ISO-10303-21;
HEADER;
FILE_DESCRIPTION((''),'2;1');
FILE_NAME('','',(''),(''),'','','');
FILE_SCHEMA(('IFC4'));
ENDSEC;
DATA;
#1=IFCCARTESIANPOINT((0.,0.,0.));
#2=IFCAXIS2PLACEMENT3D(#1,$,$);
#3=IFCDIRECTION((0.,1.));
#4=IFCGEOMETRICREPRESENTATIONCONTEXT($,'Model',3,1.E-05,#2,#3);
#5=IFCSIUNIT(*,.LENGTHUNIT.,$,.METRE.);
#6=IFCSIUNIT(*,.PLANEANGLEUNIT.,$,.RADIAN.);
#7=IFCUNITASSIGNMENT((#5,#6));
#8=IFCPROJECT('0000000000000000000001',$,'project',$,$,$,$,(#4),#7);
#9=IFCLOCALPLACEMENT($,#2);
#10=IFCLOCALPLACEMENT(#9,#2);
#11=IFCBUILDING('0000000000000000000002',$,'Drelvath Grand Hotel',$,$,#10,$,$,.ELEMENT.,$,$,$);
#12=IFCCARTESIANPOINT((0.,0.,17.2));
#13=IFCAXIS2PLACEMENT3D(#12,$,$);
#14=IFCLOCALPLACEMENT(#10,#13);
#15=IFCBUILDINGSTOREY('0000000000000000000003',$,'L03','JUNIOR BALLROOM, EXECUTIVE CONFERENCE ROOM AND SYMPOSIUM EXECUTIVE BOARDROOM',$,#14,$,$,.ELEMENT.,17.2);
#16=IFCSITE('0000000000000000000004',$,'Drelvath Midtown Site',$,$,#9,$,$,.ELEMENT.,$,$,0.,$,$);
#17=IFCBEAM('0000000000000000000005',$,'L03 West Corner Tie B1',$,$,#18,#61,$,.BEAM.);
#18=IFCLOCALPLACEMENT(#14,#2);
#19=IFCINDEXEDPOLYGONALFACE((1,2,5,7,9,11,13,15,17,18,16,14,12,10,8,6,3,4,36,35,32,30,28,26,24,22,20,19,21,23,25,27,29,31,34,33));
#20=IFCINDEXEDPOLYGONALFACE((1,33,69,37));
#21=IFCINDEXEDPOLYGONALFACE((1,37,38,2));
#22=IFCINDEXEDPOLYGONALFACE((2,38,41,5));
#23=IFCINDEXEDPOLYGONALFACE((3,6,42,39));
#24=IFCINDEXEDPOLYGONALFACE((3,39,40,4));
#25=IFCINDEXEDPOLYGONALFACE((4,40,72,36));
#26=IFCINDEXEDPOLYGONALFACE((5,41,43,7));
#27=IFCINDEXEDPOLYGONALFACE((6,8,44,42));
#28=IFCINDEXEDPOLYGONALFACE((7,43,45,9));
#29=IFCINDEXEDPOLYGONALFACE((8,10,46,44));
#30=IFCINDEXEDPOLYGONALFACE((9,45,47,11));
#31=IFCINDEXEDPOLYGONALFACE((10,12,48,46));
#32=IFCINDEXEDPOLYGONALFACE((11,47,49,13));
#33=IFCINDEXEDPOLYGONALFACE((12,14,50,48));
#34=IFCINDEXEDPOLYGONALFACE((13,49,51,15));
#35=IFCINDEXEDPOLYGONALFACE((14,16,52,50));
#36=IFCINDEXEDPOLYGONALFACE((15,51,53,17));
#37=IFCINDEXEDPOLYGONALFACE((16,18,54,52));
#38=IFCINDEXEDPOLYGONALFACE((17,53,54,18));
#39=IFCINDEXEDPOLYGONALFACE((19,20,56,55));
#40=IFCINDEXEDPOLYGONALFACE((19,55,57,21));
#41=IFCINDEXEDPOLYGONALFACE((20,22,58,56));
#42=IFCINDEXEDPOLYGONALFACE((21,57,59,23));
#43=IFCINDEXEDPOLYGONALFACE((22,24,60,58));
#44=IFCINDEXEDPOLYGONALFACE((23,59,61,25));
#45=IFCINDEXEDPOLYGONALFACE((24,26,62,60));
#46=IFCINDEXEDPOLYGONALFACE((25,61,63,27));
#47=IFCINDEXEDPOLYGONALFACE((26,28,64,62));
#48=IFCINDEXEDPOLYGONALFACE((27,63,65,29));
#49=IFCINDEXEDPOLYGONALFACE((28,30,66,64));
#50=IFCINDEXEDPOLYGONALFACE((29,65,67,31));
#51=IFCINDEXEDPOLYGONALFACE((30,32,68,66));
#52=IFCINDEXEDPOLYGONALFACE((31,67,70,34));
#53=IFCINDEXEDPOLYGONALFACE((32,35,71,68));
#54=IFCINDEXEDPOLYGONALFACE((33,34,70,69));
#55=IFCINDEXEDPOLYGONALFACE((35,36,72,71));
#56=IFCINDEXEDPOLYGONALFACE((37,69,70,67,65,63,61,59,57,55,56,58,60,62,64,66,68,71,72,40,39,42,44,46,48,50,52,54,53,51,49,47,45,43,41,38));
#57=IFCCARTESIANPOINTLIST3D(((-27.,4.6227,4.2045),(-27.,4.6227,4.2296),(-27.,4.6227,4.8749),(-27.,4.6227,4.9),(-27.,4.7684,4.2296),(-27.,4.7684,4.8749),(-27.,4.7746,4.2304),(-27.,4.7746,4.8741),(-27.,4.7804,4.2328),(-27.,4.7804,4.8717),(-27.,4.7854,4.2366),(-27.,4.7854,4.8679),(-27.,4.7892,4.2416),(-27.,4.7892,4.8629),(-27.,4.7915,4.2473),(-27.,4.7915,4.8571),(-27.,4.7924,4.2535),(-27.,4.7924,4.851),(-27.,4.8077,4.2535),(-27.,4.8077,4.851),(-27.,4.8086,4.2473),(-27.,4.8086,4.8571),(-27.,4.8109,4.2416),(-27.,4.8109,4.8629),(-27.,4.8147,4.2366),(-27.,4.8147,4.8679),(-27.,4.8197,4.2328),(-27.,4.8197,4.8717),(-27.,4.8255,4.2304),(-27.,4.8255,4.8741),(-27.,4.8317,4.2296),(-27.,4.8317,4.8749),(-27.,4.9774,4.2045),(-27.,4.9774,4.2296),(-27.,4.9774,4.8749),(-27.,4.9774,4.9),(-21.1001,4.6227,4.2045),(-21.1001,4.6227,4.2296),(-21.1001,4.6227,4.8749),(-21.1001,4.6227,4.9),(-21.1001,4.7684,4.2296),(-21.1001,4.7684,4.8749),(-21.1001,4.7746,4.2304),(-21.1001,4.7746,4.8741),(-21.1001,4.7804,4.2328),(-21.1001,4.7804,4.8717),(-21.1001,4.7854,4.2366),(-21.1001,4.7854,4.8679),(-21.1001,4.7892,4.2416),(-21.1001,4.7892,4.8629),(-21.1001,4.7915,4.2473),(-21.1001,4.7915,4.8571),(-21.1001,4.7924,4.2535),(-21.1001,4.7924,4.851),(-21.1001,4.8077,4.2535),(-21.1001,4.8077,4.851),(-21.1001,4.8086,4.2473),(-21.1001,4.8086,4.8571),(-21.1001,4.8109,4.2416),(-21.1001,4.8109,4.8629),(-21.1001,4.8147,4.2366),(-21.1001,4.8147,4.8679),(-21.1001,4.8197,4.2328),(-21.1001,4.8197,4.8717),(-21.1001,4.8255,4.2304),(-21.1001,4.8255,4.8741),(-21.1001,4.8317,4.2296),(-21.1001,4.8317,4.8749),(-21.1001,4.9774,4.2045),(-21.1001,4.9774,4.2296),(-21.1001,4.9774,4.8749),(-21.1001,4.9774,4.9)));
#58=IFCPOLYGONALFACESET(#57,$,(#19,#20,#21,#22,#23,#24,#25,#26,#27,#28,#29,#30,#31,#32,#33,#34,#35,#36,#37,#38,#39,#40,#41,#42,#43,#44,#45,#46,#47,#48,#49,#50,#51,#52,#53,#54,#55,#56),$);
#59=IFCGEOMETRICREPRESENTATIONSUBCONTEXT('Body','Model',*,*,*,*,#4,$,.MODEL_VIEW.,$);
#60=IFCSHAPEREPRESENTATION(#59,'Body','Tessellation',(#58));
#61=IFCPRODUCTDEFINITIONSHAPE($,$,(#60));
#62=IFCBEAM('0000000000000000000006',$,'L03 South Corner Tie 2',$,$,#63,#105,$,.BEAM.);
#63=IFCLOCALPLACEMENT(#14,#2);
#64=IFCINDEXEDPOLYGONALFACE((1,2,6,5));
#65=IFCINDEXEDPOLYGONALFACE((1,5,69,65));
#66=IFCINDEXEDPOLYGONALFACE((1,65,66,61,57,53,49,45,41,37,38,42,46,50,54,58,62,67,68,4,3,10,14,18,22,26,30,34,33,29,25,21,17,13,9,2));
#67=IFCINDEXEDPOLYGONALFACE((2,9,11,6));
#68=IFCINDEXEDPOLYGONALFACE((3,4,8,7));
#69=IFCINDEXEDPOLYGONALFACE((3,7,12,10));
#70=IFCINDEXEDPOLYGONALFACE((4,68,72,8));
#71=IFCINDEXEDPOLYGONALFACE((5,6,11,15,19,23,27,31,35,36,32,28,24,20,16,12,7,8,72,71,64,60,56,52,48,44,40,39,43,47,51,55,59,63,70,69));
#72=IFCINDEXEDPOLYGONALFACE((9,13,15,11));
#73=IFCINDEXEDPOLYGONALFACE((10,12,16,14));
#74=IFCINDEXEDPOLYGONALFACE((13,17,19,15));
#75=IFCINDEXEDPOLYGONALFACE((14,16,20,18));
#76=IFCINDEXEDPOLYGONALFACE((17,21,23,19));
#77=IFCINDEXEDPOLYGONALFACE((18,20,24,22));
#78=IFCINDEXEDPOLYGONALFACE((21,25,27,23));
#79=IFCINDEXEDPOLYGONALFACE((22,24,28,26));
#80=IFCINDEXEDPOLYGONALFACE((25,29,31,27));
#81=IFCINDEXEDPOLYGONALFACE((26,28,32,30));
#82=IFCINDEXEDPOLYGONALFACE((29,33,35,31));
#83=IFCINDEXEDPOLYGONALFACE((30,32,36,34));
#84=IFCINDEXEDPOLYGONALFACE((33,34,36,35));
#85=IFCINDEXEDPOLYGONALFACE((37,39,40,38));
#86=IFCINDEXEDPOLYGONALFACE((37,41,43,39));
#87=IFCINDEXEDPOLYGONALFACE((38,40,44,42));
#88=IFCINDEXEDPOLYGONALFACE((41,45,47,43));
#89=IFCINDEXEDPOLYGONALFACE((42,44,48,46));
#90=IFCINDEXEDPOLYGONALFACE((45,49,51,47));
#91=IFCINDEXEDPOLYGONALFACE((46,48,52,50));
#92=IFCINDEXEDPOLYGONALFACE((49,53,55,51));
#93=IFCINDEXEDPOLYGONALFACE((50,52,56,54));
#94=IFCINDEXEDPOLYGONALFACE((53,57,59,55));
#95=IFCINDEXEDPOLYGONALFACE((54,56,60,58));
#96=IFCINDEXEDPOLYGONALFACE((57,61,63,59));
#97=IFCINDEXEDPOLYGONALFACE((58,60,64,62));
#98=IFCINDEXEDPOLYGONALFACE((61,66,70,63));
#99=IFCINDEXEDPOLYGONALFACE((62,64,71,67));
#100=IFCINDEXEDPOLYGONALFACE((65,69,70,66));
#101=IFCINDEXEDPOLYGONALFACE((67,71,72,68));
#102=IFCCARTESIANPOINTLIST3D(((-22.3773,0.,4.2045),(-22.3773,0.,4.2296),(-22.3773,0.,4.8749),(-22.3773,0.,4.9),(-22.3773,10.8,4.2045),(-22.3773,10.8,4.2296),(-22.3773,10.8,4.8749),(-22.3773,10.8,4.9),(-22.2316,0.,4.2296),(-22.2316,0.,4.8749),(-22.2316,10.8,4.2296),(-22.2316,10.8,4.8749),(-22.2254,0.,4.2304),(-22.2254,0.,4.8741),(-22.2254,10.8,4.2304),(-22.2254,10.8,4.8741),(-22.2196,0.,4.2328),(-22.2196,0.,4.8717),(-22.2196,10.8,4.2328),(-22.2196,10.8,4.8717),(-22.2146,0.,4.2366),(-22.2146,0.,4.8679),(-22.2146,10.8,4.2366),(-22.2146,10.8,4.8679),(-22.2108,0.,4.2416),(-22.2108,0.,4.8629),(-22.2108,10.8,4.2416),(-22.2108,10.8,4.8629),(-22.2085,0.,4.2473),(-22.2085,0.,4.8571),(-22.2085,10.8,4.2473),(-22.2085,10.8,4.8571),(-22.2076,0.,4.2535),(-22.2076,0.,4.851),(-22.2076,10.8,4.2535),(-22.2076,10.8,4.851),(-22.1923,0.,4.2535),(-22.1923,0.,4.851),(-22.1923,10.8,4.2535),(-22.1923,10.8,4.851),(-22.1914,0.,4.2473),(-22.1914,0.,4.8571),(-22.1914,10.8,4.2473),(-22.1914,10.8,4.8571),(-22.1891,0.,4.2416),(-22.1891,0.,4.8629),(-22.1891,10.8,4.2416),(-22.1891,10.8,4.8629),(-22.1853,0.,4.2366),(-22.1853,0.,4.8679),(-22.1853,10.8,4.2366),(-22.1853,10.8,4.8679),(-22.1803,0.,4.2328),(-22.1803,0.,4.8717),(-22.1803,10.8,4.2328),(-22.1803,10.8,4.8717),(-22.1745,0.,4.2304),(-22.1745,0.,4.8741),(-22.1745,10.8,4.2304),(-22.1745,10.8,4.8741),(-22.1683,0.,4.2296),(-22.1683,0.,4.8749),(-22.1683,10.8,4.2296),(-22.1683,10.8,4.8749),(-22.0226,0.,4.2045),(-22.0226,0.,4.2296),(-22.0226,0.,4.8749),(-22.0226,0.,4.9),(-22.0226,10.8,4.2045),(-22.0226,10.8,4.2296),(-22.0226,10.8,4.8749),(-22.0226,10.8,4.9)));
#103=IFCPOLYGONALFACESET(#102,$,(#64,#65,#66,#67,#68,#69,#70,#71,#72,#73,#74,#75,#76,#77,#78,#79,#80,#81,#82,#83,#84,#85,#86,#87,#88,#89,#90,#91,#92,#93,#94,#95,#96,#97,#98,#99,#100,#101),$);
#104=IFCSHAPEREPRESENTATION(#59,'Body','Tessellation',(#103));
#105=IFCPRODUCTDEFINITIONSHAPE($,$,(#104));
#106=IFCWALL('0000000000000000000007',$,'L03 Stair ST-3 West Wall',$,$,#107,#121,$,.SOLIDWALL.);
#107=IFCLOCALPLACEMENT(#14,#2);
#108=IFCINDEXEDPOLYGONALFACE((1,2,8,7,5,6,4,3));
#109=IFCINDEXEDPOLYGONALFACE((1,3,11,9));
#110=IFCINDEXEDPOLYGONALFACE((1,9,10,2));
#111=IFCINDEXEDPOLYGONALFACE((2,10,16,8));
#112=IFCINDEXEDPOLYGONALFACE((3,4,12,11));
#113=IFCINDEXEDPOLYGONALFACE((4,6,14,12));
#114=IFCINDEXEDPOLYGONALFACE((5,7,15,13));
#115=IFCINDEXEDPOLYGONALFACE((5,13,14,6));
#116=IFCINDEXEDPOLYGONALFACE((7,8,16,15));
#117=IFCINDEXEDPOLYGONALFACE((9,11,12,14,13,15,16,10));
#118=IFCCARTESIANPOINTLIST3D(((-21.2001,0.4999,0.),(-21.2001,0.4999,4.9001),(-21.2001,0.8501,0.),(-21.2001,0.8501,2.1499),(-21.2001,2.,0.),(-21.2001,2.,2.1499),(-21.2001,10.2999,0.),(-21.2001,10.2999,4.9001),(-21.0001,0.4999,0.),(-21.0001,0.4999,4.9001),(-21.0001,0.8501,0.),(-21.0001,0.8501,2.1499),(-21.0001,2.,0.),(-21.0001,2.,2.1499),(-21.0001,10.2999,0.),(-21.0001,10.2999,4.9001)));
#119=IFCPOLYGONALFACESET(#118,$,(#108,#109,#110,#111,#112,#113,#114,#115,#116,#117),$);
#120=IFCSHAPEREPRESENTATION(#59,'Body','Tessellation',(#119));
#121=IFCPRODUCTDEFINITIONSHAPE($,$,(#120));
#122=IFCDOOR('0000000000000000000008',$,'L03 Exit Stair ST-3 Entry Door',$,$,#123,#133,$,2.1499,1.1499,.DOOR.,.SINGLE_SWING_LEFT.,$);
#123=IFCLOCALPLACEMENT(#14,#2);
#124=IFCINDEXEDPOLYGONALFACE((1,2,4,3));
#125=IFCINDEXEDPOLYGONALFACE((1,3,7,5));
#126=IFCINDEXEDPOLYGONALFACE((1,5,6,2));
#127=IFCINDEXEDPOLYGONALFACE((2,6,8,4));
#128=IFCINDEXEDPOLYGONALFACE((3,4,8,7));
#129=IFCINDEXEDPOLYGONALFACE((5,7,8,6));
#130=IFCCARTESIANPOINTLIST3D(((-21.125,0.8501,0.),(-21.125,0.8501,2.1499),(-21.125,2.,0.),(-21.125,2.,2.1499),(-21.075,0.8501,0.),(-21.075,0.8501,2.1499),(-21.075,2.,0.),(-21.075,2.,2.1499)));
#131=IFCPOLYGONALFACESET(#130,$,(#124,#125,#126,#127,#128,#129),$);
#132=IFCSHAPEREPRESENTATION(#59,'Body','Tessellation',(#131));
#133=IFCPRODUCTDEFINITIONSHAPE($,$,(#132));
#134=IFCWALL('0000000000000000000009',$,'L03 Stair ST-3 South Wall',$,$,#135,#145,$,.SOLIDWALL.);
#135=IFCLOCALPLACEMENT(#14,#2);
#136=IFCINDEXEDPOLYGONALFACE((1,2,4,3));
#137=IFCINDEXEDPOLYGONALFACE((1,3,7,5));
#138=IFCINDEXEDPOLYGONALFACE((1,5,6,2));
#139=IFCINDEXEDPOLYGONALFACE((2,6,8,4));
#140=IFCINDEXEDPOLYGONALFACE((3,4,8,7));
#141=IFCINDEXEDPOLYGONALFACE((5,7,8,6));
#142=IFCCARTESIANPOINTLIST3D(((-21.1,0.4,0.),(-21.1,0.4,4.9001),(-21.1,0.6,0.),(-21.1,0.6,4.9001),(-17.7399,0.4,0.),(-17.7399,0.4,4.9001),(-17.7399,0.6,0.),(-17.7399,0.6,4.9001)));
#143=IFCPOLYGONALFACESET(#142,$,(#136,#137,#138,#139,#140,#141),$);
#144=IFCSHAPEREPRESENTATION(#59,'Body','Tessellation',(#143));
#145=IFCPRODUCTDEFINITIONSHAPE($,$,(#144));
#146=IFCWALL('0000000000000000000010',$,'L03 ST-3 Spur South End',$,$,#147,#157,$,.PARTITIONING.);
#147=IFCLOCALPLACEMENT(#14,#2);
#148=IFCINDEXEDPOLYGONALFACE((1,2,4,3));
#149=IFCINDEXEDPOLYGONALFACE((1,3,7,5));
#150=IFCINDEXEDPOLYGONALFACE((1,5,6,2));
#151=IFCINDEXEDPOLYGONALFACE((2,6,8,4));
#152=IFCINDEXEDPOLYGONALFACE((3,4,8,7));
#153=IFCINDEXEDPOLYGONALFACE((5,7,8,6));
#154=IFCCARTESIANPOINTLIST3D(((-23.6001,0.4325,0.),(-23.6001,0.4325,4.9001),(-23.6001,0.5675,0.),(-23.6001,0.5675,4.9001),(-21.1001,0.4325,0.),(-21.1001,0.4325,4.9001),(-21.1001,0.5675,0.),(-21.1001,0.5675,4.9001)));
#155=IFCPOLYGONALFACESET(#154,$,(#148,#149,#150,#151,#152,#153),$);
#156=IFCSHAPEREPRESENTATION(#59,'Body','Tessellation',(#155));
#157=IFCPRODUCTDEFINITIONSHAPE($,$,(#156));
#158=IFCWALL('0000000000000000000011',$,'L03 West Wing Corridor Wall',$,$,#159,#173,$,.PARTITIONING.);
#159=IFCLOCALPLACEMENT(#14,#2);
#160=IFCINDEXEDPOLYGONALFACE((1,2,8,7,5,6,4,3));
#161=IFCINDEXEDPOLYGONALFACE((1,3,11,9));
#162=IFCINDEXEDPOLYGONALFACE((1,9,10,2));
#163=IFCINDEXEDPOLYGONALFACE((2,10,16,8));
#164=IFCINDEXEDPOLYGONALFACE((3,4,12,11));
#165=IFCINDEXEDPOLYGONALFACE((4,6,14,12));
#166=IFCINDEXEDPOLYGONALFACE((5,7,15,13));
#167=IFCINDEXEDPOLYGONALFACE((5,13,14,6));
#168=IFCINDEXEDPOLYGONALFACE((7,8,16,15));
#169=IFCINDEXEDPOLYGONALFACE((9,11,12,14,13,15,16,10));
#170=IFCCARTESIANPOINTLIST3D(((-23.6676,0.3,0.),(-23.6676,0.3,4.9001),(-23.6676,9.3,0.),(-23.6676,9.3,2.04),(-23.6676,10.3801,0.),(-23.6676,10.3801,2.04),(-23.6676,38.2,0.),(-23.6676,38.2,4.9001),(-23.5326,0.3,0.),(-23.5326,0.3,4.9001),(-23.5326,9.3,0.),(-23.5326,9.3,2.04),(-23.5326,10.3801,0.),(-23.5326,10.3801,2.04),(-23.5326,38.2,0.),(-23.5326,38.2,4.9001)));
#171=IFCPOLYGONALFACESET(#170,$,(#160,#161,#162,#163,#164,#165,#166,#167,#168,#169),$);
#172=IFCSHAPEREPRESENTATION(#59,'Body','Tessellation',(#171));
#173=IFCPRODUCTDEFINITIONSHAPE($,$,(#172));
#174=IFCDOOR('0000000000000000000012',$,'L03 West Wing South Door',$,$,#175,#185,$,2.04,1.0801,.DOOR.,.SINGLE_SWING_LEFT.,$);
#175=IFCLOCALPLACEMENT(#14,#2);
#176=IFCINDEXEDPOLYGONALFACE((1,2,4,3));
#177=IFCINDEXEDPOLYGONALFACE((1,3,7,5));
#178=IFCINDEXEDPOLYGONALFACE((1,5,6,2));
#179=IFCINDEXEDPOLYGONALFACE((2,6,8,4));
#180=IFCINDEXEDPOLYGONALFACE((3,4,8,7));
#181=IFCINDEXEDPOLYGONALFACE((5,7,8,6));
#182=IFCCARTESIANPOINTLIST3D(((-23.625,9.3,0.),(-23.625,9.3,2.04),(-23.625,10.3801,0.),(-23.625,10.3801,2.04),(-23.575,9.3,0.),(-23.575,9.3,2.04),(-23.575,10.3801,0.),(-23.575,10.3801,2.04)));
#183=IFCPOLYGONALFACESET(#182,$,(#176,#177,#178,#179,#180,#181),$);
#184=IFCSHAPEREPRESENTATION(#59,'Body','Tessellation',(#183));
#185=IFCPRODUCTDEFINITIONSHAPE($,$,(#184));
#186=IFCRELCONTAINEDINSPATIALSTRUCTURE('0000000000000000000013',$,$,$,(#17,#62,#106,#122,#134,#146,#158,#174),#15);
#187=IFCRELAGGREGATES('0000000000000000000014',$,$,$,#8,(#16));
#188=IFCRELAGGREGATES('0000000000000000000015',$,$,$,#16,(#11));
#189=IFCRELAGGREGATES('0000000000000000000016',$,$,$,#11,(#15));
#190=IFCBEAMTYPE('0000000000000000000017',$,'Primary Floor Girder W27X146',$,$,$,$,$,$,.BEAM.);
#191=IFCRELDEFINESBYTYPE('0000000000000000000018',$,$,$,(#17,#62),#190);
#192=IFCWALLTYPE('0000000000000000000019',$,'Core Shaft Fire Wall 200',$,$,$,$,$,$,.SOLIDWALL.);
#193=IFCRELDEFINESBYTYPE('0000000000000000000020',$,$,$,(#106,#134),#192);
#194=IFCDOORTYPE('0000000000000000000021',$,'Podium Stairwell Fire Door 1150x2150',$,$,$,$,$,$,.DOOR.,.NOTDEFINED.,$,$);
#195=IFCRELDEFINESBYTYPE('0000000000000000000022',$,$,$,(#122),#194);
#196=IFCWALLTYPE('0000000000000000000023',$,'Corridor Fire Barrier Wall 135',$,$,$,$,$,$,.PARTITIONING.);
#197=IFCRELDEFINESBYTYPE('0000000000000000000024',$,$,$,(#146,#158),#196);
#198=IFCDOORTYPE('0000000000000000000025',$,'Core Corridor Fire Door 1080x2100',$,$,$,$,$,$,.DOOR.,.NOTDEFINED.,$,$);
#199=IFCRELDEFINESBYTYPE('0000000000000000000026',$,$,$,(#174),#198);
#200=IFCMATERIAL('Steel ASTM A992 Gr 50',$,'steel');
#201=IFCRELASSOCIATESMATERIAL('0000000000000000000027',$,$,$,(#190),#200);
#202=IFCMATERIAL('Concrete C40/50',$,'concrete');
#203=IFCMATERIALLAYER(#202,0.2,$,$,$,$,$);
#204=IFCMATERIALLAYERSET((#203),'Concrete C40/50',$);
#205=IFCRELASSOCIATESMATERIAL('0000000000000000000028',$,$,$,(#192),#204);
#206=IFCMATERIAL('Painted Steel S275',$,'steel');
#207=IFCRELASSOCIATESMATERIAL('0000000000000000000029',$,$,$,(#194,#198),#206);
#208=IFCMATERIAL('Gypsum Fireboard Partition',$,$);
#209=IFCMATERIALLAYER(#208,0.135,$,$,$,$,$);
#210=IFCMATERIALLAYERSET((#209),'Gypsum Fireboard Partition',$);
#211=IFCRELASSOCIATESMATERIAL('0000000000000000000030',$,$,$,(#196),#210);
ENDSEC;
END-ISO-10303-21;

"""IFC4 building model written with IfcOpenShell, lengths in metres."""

from ifc_helpers import new_model, si_unit, direction, frame, frame_2d, origin, origin_2d, place, context, subcontext, project, spatial, rectangle, i_section, extrude, material, layer, layer_set, material_profile, profile_set, type_object, element, fill, save


model = new_model("IFC4")

# Units and contexts
model_context = context("Model", 3, precision=1e-05, world=origin(), true_north=direction((0.0, 1.0)))
body_context = subcontext(model_context, "Body", "Model", "MODEL_VIEW")
ifc_project = project(units=[si_unit("LENGTHUNIT", "METRE"), si_unit("PLANEANGLEUNIT", "RADIAN")], contexts=[model_context])

# Site, building, storey
site_placement = place(None, origin())
site = spatial("IfcSite", under=ifc_project, at=site_placement, Name="Drelvath Midtown Site", CompositionType="ELEMENT", RefElevation=0.0)
building_placement = place(site_placement, origin())
building = spatial("IfcBuilding", under=site, at=building_placement, Name="Drelvath Grand Hotel", CompositionType="ELEMENT")
storey_placement = place(building_placement, frame((0.0, 0.0, 17.2)))
storey = spatial("IfcBuildingStorey", under=building, at=storey_placement, Name="L03", Description="JUNIOR BALLROOM, EXECUTIVE CONFERENCE ROOM AND SYMPOSIUM EXECUTIVE BOARDROOM", CompositionType="ELEMENT", Elevation=17.2)

# Beams
ifc_material_1 = material(Name="Steel ASTM A992 Gr 50", Category="steel")
ifc_material_profile_1 = material_profile(ifc_material_1, i_section(OverallWidth=0.3547, OverallDepth=0.6956, WebThickness=0.0154, FlangeThickness=0.0251, FilletRadius=0.0239, at=origin_2d()), Name="W27X146")
ifc_profile_set_1 = profile_set([ifc_material_profile_1], Name="Steel ASTM A992 Gr 50")
beam_type_1 = type_object("IfcBeamType", Name="Primary Floor Girder W27X146", PredefinedType="BEAM", material=ifc_profile_set_1)
beam_1_placement = place(storey_placement, frame((-27.0, 4.8, 4.5522), z_axis=(1.0, 0.0, 0.0), x_axis=(0.0, 1.0, 0.0)))
element("IfcBeam", 1, at=beam_1_placement, inside=storey, type_object=beam_type_1, Name="L03 West Corner Tie B1", PredefinedType="BEAM", context=body_context, shape_type="SweptSolid", body=[
    extrude(i_section(OverallWidth=0.3547, OverallDepth=0.6956, WebThickness=0.0154, FlangeThickness=0.0251, FilletRadius=0.0239, at=origin_2d()), origin(), (0.0, 0.0, 1.0), 5.8999),
])
beam_2_placement = place(storey_placement, frame((-22.2, 0.0, 4.5522), z_axis=(0.0, 1.0, 0.0), x_axis=(-1.0, 0.0, 0.0)))
element("IfcBeam", 2, at=beam_2_placement, inside=storey, type_object=beam_type_1, Name="L03 South Corner Tie 2", PredefinedType="BEAM", context=body_context, shape_type="SweptSolid", body=[
    extrude(i_section(OverallWidth=0.3547, OverallDepth=0.6956, WebThickness=0.0154, FlangeThickness=0.0251, FilletRadius=0.0239, at=origin_2d()), origin(), (0.0, 0.0, 1.0), 10.8),
])

# Wall, opening, door
ifc_material_2 = material(Name="Concrete C40/50", Category="concrete")
ifc_layer_1 = layer(ifc_material_2, 0.2)
ifc_layer_set_1 = layer_set([ifc_layer_1], Name="Concrete C40/50")
wall_type_1 = type_object("IfcWallType", Name="Core Shaft Fire Wall 200", PredefinedType="SOLIDWALL", material=ifc_layer_set_1)
wall_1_placement = place(storey_placement, frame((-21.1001, 0.5, 0.0), z_axis=(0.0, 0.0, 1.0), x_axis=(0.0, 1.0, 0.0)))
wall_1 = element("IfcWall", 3, at=wall_1_placement, inside=storey, type_object=wall_type_1, Name="L03 Stair ST-3 West Wall", PredefinedType="SOLIDWALL", context=body_context, shape_type="SweptSolid", body=[
    extrude(rectangle(XDim=9.8, YDim=0.2, at=frame_2d((4.8999, 0.0))), origin(), (0.0, 0.0, 1.0), 4.9001),
])
opening_1_placement = place(wall_1_placement, frame((0.3501, 0.0, 0.0)))
opening_1 = element("IfcOpeningElement", 4, at=opening_1_placement, cuts=wall_1, PredefinedType="OPENING", context=body_context, shape_type="SweptSolid", body=[
    extrude(rectangle(XDim=1.1499, YDim=2.1499, at=frame_2d((0.575, 1.075))), frame((0.0, 0.1099, 0.0), z_axis=(0.0, -1.0, 0.0), x_axis=(1.0, 0.0, 0.0)), (0.0, 0.0, 1.0), 0.22),
])
ifc_material_3 = material(Name="Painted Steel S275", Category="steel")
door_type_1 = type_object("IfcDoorType", Name="Podium Stairwell Fire Door 1150x2150", OperationType="NOTDEFINED", PredefinedType="DOOR", material=ifc_material_3)
door_1_placement = place(opening_1_placement, origin())
door_1 = element("IfcDoor", 5, at=door_1_placement, inside=storey, type_object=door_type_1, Name="L03 Exit Stair ST-3 Entry Door", OperationType="SINGLE_SWING_LEFT", OverallHeight=2.1499, OverallWidth=1.1499, PredefinedType="DOOR", context=body_context, shape_type="SweptSolid", body=[
    extrude(rectangle(XDim=1.1499, YDim=2.1499, at=frame_2d((0.575, 1.075))), frame((0.0, 0.0249, 0.0), z_axis=(0.0, -1.0, 0.0), x_axis=(1.0, 0.0, 0.0)), (0.0, 0.0, 1.0), 0.05),
])
fill(opening_1, door_1)

# Walls
wall_2_placement = place(storey_placement, frame((-21.1001, 0.5, 0.0), z_axis=(0.0, 0.0, 1.0), x_axis=(1.0, 0.0, 0.0)))
element("IfcWall", 6, at=wall_2_placement, inside=storey, type_object=wall_type_1, Name="L03 Stair ST-3 South Wall", PredefinedType="SOLIDWALL", context=body_context, shape_type="SweptSolid", body=[
    extrude(rectangle(XDim=3.3601, YDim=0.2, at=frame_2d((1.6802, 0.0))), origin(), (0.0, 0.0, 1.0), 4.9001),
])
ifc_material_4 = material(Name="Gypsum Fireboard Partition")
ifc_layer_2 = layer(ifc_material_4, 0.135)
ifc_layer_set_2 = layer_set([ifc_layer_2], Name="Gypsum Fireboard Partition")
wall_type_2 = type_object("IfcWallType", Name="Corridor Fire Barrier Wall 135", PredefinedType="PARTITIONING", material=ifc_layer_set_2)
wall_3_placement = place(storey_placement, frame((-23.6001, 0.5, 0.0), z_axis=(0.0, 0.0, 1.0), x_axis=(1.0, 0.0, 0.0)))
element("IfcWall", 7, at=wall_3_placement, inside=storey, type_object=wall_type_2, Name="L03 ST-3 Spur South End", PredefinedType="PARTITIONING", context=body_context, shape_type="SweptSolid", body=[
    extrude(rectangle(XDim=2.5, YDim=0.135, at=frame_2d((1.25, 0.0))), origin(), (0.0, 0.0, 1.0), 4.9001),
])

# Wall, opening, door
wall_4_placement = place(storey_placement, frame((-23.6001, 0.3, 0.0), z_axis=(0.0, 0.0, 1.0), x_axis=(0.0, 1.0, 0.0)))
wall_4 = element("IfcWall", 8, at=wall_4_placement, inside=storey, type_object=wall_type_2, Name="L03 West Wing Corridor Wall", PredefinedType="PARTITIONING", context=body_context, shape_type="SweptSolid", body=[
    extrude(rectangle(XDim=37.8999, YDim=0.135, at=frame_2d((18.95, 0.0))), origin(), (0.0, 0.0, 1.0), 4.9001),
])
opening_2_placement = place(wall_4_placement, frame((9.0, 0.0, 0.0)))
opening_2 = element("IfcOpeningElement", 9, at=opening_2_placement, cuts=wall_4, PredefinedType="OPENING", context=body_context, shape_type="SweptSolid", body=[
    extrude(rectangle(XDim=1.0801, YDim=2.04, at=frame_2d((0.54, 1.02))), frame((0.0, 0.0774, 0.0), z_axis=(0.0, -1.0, 0.0), x_axis=(1.0, 0.0, 0.0)), (0.0, 0.0, 1.0), 0.155),
])
door_type_2 = type_object("IfcDoorType", Name="Core Corridor Fire Door 1080x2100", OperationType="NOTDEFINED", PredefinedType="DOOR", material=ifc_material_3)
door_2_placement = place(opening_2_placement, origin())
door_2 = element("IfcDoor", 10, at=door_2_placement, inside=storey, type_object=door_type_2, Name="L03 West Wing South Door", OperationType="SINGLE_SWING_LEFT", OverallHeight=2.04, OverallWidth=1.0801, PredefinedType="DOOR", context=body_context, shape_type="SweptSolid", body=[
    extrude(rectangle(XDim=1.0801, YDim=2.04, at=frame_2d((0.54, 1.02))), frame((0.0, 0.0249, 0.0), z_axis=(0.0, -1.0, 0.0), x_axis=(1.0, 0.0, 0.0)), (0.0, 0.0, 1.0), 0.05),
])
fill(opening_2, door_2)

save(model, "model.ifc")
